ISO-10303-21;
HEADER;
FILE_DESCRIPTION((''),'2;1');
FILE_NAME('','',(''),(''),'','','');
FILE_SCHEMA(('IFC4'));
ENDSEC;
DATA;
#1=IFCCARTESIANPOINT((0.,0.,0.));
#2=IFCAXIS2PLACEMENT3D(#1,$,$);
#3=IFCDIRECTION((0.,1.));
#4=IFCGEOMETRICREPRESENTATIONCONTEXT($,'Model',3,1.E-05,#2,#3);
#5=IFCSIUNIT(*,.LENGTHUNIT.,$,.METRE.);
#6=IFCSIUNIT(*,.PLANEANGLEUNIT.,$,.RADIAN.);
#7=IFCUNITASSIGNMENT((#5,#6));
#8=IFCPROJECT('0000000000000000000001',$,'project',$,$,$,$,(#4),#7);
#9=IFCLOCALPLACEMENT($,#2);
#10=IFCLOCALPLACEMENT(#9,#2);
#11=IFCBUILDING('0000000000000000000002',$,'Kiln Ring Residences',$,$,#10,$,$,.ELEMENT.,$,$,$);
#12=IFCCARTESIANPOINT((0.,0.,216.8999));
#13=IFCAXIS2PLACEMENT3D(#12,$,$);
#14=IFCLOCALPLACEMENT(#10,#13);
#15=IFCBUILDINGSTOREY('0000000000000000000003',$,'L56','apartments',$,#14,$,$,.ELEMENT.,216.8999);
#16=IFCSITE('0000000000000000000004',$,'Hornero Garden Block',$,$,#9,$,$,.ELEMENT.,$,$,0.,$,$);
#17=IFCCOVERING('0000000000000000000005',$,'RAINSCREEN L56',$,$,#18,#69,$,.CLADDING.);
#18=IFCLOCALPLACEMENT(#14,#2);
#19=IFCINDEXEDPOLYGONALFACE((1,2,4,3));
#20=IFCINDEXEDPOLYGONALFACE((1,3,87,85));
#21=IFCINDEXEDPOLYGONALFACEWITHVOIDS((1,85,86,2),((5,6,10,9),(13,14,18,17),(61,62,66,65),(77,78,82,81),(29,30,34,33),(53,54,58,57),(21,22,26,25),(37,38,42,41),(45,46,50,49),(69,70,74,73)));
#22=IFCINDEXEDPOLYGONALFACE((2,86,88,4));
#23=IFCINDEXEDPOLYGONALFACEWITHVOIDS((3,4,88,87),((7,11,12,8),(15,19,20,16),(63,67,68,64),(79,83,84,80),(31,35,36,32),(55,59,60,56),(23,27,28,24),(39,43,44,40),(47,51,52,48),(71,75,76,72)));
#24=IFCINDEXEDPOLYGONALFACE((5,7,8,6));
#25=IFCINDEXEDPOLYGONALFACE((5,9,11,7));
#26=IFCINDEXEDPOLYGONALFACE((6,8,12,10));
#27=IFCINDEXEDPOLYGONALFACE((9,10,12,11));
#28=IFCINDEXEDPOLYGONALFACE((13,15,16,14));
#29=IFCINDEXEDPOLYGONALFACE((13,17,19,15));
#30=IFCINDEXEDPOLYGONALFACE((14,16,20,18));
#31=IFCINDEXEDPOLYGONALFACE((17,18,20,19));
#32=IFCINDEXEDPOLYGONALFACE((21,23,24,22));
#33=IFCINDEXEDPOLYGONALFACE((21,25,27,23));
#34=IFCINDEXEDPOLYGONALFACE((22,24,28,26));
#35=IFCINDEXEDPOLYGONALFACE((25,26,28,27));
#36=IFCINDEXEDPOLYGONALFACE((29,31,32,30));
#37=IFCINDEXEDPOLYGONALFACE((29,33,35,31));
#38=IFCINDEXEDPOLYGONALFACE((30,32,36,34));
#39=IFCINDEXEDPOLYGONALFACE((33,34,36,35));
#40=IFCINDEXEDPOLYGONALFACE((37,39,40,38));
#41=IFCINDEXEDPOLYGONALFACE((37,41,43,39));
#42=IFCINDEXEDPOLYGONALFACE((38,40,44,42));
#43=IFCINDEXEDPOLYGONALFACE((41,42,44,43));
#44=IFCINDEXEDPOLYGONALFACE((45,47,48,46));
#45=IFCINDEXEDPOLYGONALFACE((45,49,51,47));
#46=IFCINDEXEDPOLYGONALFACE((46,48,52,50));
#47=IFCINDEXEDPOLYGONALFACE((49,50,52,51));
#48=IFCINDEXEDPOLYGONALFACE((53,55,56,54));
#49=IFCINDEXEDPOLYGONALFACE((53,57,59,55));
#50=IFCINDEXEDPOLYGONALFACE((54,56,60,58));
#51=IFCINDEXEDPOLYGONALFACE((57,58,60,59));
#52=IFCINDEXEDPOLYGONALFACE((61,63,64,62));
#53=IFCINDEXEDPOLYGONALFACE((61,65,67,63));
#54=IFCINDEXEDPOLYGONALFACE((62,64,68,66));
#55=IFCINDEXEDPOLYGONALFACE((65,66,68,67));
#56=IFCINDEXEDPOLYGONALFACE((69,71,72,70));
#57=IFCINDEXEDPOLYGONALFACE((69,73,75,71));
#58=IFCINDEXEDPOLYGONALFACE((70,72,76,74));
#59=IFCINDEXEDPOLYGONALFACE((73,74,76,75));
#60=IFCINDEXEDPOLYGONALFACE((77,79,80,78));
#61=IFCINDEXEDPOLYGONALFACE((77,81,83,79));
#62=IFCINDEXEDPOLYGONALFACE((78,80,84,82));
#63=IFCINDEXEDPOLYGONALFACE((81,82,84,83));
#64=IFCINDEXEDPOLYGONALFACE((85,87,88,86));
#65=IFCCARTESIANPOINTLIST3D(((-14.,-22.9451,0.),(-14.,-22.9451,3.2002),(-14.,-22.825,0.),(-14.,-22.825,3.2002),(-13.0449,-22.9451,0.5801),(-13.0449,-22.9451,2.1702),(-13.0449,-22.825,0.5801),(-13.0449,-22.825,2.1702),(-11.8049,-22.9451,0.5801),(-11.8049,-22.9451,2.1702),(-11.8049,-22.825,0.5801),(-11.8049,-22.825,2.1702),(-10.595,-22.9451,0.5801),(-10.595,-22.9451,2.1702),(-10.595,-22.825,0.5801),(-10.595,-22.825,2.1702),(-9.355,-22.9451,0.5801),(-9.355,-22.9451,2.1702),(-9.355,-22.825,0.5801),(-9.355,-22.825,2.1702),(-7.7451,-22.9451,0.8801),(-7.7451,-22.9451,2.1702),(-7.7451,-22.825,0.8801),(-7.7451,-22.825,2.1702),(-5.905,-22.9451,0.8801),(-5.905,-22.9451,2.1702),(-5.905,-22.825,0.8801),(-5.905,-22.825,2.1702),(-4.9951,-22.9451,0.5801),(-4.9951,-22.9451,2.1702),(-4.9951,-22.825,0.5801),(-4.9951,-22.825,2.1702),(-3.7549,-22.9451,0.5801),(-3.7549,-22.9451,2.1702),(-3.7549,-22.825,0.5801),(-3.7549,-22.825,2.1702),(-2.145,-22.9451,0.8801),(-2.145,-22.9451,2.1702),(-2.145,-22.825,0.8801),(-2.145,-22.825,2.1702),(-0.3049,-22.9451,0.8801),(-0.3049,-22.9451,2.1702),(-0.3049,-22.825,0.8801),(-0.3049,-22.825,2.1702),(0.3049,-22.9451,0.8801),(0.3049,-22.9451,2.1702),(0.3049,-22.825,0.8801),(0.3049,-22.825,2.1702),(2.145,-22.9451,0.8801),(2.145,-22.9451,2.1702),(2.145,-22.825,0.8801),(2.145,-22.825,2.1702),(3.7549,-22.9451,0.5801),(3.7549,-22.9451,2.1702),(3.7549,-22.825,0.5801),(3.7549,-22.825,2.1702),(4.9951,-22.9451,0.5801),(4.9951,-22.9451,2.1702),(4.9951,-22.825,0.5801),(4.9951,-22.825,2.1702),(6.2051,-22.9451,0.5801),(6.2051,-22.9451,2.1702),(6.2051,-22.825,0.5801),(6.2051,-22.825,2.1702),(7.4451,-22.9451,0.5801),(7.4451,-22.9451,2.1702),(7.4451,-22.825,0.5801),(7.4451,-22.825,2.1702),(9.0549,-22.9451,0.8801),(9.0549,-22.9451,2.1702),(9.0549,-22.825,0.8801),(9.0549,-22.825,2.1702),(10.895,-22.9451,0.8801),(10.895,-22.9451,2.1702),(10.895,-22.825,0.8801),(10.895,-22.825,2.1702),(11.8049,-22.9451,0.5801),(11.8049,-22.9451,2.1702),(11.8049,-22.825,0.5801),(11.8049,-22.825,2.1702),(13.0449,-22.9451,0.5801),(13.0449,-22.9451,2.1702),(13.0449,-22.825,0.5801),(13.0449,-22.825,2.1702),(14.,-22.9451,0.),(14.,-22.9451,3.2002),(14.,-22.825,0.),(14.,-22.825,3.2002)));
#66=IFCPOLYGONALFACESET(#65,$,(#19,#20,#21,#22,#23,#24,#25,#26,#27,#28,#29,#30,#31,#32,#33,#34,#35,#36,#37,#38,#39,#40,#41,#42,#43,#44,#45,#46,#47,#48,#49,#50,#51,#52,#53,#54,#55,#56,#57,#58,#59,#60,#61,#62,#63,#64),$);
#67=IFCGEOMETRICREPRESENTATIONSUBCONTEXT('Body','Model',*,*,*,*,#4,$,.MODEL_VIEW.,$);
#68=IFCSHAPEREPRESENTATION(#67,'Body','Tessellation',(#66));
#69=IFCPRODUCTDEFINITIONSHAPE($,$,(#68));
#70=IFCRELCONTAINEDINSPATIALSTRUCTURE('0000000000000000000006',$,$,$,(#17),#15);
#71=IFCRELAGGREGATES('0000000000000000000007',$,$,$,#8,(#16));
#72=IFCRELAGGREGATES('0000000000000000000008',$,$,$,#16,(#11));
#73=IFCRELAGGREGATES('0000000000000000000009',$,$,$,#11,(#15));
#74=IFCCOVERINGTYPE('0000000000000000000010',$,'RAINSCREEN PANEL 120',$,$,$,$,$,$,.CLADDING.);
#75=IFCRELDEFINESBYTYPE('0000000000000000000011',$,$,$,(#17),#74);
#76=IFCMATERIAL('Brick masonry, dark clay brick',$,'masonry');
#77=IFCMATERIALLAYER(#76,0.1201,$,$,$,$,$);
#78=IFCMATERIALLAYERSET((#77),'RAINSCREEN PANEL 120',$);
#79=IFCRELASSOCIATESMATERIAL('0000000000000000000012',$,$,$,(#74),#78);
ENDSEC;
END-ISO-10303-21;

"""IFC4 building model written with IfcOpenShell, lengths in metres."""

from ifc_helpers import new_model, si_unit, direction, frame, origin, place, context, subcontext, project, spatial, polyline, outline, extrude, material, layer, layer_set, type_object, element, save


model = new_model("IFC4")

# Units and contexts
model_context = context("Model", 3, precision=1e-05, world=origin(), true_north=direction((0.0, 1.0)))
body_context = subcontext(model_context, "Body", "Model", "MODEL_VIEW")
ifc_project = project(units=[si_unit("LENGTHUNIT", "METRE"), si_unit("PLANEANGLEUNIT", "RADIAN")], contexts=[model_context])

# Site, building, storey
site_placement = place(None, origin())
site = spatial("IfcSite", under=ifc_project, at=site_placement, Name="Hornero Garden Block", CompositionType="ELEMENT", RefElevation=0.0)
building_placement = place(site_placement, origin())
building = spatial("IfcBuilding", under=site, at=building_placement, Name="Kiln Ring Residences", CompositionType="ELEMENT")
storey_placement = place(building_placement, frame((0.0, 0.0, 216.8999)))
storey = spatial("IfcBuildingStorey", under=building, at=storey_placement, Name="L56", Description="apartments", CompositionType="ELEMENT", Elevation=216.8999)

# Covering
ifc_material_1 = material(Name="Brick masonry, dark clay brick", Category="masonry")
ifc_layer_1 = layer(ifc_material_1, 0.1201)
ifc_layer_set_1 = layer_set([ifc_layer_1], Name="RAINSCREEN PANEL 120")
covering_type = type_object("IfcCoveringType", Name="RAINSCREEN PANEL 120", PredefinedType="CLADDING", material=ifc_layer_set_1)
covering_placement = place(storey_placement, frame((-14.0, -22.885, 0.0), z_axis=(0.0, 0.0, 1.0), x_axis=(1.0, 0.0, 0.0)))
element("IfcCovering", 1, at=covering_placement, inside=storey, type_object=covering_type, Name="RAINSCREEN L56", PredefinedType="CLADDING", context=body_context, shape_type="SweptSolid", body=[
    extrude(outline(polyline([(0.0, 0.0), (28.0, 0.0), (28.0, 3.2002), (0.0, 3.2002), (0.0, 0.0)]), holes=[polyline([(0.9551, 0.5801), (2.1951, 0.5801), (2.1951, 2.1702), (0.9551, 2.1702), (0.9551, 0.5801)]), polyline([(3.405, 0.5801), (4.645, 0.5801), (4.645, 2.1702), (3.405, 2.1702), (3.405, 0.5801)]), polyline([(9.0049, 0.5801), (10.2451, 0.5801), (10.2451, 2.1702), (9.0049, 2.1702), (9.0049, 0.5801)]), polyline([(17.7549, 2.1702), (17.7549, 0.5801), (18.9951, 0.5801), (18.9951, 2.1702), (17.7549, 2.1702)]), polyline([(20.2051, 2.1702), (20.2051, 0.5801), (21.4451, 0.5801), (21.4451, 2.1702), (20.2051, 2.1702)]), polyline([(25.8049, 0.5801), (27.0449, 0.5801), (27.0449, 2.1702), (25.8049, 2.1702), (25.8049, 0.5801)]), polyline([(6.2549, 0.8801), (8.095, 0.8801), (8.095, 2.1702), (6.2549, 2.1702), (6.2549, 0.8801)]), polyline([(11.855, 0.8801), (13.6951, 0.8801), (13.6951, 2.1702), (11.855, 2.1702), (11.855, 0.8801)]), polyline([(14.3049, 2.1702), (14.3049, 0.8801), (16.145, 0.8801), (16.145, 2.1702), (14.3049, 2.1702)]), polyline([(23.0549, 2.1702), (23.0549, 0.8801), (24.895, 0.8801), (24.895, 2.1702), (23.0549, 2.1702)])]), frame((0.0, 0.0601, 0.0), z_axis=(0.0, -1.0, 0.0), x_axis=(1.0, 0.0, 0.0)), (0.0, 0.0, 1.0), 0.1201),
])

save(model, "model.ifc")
